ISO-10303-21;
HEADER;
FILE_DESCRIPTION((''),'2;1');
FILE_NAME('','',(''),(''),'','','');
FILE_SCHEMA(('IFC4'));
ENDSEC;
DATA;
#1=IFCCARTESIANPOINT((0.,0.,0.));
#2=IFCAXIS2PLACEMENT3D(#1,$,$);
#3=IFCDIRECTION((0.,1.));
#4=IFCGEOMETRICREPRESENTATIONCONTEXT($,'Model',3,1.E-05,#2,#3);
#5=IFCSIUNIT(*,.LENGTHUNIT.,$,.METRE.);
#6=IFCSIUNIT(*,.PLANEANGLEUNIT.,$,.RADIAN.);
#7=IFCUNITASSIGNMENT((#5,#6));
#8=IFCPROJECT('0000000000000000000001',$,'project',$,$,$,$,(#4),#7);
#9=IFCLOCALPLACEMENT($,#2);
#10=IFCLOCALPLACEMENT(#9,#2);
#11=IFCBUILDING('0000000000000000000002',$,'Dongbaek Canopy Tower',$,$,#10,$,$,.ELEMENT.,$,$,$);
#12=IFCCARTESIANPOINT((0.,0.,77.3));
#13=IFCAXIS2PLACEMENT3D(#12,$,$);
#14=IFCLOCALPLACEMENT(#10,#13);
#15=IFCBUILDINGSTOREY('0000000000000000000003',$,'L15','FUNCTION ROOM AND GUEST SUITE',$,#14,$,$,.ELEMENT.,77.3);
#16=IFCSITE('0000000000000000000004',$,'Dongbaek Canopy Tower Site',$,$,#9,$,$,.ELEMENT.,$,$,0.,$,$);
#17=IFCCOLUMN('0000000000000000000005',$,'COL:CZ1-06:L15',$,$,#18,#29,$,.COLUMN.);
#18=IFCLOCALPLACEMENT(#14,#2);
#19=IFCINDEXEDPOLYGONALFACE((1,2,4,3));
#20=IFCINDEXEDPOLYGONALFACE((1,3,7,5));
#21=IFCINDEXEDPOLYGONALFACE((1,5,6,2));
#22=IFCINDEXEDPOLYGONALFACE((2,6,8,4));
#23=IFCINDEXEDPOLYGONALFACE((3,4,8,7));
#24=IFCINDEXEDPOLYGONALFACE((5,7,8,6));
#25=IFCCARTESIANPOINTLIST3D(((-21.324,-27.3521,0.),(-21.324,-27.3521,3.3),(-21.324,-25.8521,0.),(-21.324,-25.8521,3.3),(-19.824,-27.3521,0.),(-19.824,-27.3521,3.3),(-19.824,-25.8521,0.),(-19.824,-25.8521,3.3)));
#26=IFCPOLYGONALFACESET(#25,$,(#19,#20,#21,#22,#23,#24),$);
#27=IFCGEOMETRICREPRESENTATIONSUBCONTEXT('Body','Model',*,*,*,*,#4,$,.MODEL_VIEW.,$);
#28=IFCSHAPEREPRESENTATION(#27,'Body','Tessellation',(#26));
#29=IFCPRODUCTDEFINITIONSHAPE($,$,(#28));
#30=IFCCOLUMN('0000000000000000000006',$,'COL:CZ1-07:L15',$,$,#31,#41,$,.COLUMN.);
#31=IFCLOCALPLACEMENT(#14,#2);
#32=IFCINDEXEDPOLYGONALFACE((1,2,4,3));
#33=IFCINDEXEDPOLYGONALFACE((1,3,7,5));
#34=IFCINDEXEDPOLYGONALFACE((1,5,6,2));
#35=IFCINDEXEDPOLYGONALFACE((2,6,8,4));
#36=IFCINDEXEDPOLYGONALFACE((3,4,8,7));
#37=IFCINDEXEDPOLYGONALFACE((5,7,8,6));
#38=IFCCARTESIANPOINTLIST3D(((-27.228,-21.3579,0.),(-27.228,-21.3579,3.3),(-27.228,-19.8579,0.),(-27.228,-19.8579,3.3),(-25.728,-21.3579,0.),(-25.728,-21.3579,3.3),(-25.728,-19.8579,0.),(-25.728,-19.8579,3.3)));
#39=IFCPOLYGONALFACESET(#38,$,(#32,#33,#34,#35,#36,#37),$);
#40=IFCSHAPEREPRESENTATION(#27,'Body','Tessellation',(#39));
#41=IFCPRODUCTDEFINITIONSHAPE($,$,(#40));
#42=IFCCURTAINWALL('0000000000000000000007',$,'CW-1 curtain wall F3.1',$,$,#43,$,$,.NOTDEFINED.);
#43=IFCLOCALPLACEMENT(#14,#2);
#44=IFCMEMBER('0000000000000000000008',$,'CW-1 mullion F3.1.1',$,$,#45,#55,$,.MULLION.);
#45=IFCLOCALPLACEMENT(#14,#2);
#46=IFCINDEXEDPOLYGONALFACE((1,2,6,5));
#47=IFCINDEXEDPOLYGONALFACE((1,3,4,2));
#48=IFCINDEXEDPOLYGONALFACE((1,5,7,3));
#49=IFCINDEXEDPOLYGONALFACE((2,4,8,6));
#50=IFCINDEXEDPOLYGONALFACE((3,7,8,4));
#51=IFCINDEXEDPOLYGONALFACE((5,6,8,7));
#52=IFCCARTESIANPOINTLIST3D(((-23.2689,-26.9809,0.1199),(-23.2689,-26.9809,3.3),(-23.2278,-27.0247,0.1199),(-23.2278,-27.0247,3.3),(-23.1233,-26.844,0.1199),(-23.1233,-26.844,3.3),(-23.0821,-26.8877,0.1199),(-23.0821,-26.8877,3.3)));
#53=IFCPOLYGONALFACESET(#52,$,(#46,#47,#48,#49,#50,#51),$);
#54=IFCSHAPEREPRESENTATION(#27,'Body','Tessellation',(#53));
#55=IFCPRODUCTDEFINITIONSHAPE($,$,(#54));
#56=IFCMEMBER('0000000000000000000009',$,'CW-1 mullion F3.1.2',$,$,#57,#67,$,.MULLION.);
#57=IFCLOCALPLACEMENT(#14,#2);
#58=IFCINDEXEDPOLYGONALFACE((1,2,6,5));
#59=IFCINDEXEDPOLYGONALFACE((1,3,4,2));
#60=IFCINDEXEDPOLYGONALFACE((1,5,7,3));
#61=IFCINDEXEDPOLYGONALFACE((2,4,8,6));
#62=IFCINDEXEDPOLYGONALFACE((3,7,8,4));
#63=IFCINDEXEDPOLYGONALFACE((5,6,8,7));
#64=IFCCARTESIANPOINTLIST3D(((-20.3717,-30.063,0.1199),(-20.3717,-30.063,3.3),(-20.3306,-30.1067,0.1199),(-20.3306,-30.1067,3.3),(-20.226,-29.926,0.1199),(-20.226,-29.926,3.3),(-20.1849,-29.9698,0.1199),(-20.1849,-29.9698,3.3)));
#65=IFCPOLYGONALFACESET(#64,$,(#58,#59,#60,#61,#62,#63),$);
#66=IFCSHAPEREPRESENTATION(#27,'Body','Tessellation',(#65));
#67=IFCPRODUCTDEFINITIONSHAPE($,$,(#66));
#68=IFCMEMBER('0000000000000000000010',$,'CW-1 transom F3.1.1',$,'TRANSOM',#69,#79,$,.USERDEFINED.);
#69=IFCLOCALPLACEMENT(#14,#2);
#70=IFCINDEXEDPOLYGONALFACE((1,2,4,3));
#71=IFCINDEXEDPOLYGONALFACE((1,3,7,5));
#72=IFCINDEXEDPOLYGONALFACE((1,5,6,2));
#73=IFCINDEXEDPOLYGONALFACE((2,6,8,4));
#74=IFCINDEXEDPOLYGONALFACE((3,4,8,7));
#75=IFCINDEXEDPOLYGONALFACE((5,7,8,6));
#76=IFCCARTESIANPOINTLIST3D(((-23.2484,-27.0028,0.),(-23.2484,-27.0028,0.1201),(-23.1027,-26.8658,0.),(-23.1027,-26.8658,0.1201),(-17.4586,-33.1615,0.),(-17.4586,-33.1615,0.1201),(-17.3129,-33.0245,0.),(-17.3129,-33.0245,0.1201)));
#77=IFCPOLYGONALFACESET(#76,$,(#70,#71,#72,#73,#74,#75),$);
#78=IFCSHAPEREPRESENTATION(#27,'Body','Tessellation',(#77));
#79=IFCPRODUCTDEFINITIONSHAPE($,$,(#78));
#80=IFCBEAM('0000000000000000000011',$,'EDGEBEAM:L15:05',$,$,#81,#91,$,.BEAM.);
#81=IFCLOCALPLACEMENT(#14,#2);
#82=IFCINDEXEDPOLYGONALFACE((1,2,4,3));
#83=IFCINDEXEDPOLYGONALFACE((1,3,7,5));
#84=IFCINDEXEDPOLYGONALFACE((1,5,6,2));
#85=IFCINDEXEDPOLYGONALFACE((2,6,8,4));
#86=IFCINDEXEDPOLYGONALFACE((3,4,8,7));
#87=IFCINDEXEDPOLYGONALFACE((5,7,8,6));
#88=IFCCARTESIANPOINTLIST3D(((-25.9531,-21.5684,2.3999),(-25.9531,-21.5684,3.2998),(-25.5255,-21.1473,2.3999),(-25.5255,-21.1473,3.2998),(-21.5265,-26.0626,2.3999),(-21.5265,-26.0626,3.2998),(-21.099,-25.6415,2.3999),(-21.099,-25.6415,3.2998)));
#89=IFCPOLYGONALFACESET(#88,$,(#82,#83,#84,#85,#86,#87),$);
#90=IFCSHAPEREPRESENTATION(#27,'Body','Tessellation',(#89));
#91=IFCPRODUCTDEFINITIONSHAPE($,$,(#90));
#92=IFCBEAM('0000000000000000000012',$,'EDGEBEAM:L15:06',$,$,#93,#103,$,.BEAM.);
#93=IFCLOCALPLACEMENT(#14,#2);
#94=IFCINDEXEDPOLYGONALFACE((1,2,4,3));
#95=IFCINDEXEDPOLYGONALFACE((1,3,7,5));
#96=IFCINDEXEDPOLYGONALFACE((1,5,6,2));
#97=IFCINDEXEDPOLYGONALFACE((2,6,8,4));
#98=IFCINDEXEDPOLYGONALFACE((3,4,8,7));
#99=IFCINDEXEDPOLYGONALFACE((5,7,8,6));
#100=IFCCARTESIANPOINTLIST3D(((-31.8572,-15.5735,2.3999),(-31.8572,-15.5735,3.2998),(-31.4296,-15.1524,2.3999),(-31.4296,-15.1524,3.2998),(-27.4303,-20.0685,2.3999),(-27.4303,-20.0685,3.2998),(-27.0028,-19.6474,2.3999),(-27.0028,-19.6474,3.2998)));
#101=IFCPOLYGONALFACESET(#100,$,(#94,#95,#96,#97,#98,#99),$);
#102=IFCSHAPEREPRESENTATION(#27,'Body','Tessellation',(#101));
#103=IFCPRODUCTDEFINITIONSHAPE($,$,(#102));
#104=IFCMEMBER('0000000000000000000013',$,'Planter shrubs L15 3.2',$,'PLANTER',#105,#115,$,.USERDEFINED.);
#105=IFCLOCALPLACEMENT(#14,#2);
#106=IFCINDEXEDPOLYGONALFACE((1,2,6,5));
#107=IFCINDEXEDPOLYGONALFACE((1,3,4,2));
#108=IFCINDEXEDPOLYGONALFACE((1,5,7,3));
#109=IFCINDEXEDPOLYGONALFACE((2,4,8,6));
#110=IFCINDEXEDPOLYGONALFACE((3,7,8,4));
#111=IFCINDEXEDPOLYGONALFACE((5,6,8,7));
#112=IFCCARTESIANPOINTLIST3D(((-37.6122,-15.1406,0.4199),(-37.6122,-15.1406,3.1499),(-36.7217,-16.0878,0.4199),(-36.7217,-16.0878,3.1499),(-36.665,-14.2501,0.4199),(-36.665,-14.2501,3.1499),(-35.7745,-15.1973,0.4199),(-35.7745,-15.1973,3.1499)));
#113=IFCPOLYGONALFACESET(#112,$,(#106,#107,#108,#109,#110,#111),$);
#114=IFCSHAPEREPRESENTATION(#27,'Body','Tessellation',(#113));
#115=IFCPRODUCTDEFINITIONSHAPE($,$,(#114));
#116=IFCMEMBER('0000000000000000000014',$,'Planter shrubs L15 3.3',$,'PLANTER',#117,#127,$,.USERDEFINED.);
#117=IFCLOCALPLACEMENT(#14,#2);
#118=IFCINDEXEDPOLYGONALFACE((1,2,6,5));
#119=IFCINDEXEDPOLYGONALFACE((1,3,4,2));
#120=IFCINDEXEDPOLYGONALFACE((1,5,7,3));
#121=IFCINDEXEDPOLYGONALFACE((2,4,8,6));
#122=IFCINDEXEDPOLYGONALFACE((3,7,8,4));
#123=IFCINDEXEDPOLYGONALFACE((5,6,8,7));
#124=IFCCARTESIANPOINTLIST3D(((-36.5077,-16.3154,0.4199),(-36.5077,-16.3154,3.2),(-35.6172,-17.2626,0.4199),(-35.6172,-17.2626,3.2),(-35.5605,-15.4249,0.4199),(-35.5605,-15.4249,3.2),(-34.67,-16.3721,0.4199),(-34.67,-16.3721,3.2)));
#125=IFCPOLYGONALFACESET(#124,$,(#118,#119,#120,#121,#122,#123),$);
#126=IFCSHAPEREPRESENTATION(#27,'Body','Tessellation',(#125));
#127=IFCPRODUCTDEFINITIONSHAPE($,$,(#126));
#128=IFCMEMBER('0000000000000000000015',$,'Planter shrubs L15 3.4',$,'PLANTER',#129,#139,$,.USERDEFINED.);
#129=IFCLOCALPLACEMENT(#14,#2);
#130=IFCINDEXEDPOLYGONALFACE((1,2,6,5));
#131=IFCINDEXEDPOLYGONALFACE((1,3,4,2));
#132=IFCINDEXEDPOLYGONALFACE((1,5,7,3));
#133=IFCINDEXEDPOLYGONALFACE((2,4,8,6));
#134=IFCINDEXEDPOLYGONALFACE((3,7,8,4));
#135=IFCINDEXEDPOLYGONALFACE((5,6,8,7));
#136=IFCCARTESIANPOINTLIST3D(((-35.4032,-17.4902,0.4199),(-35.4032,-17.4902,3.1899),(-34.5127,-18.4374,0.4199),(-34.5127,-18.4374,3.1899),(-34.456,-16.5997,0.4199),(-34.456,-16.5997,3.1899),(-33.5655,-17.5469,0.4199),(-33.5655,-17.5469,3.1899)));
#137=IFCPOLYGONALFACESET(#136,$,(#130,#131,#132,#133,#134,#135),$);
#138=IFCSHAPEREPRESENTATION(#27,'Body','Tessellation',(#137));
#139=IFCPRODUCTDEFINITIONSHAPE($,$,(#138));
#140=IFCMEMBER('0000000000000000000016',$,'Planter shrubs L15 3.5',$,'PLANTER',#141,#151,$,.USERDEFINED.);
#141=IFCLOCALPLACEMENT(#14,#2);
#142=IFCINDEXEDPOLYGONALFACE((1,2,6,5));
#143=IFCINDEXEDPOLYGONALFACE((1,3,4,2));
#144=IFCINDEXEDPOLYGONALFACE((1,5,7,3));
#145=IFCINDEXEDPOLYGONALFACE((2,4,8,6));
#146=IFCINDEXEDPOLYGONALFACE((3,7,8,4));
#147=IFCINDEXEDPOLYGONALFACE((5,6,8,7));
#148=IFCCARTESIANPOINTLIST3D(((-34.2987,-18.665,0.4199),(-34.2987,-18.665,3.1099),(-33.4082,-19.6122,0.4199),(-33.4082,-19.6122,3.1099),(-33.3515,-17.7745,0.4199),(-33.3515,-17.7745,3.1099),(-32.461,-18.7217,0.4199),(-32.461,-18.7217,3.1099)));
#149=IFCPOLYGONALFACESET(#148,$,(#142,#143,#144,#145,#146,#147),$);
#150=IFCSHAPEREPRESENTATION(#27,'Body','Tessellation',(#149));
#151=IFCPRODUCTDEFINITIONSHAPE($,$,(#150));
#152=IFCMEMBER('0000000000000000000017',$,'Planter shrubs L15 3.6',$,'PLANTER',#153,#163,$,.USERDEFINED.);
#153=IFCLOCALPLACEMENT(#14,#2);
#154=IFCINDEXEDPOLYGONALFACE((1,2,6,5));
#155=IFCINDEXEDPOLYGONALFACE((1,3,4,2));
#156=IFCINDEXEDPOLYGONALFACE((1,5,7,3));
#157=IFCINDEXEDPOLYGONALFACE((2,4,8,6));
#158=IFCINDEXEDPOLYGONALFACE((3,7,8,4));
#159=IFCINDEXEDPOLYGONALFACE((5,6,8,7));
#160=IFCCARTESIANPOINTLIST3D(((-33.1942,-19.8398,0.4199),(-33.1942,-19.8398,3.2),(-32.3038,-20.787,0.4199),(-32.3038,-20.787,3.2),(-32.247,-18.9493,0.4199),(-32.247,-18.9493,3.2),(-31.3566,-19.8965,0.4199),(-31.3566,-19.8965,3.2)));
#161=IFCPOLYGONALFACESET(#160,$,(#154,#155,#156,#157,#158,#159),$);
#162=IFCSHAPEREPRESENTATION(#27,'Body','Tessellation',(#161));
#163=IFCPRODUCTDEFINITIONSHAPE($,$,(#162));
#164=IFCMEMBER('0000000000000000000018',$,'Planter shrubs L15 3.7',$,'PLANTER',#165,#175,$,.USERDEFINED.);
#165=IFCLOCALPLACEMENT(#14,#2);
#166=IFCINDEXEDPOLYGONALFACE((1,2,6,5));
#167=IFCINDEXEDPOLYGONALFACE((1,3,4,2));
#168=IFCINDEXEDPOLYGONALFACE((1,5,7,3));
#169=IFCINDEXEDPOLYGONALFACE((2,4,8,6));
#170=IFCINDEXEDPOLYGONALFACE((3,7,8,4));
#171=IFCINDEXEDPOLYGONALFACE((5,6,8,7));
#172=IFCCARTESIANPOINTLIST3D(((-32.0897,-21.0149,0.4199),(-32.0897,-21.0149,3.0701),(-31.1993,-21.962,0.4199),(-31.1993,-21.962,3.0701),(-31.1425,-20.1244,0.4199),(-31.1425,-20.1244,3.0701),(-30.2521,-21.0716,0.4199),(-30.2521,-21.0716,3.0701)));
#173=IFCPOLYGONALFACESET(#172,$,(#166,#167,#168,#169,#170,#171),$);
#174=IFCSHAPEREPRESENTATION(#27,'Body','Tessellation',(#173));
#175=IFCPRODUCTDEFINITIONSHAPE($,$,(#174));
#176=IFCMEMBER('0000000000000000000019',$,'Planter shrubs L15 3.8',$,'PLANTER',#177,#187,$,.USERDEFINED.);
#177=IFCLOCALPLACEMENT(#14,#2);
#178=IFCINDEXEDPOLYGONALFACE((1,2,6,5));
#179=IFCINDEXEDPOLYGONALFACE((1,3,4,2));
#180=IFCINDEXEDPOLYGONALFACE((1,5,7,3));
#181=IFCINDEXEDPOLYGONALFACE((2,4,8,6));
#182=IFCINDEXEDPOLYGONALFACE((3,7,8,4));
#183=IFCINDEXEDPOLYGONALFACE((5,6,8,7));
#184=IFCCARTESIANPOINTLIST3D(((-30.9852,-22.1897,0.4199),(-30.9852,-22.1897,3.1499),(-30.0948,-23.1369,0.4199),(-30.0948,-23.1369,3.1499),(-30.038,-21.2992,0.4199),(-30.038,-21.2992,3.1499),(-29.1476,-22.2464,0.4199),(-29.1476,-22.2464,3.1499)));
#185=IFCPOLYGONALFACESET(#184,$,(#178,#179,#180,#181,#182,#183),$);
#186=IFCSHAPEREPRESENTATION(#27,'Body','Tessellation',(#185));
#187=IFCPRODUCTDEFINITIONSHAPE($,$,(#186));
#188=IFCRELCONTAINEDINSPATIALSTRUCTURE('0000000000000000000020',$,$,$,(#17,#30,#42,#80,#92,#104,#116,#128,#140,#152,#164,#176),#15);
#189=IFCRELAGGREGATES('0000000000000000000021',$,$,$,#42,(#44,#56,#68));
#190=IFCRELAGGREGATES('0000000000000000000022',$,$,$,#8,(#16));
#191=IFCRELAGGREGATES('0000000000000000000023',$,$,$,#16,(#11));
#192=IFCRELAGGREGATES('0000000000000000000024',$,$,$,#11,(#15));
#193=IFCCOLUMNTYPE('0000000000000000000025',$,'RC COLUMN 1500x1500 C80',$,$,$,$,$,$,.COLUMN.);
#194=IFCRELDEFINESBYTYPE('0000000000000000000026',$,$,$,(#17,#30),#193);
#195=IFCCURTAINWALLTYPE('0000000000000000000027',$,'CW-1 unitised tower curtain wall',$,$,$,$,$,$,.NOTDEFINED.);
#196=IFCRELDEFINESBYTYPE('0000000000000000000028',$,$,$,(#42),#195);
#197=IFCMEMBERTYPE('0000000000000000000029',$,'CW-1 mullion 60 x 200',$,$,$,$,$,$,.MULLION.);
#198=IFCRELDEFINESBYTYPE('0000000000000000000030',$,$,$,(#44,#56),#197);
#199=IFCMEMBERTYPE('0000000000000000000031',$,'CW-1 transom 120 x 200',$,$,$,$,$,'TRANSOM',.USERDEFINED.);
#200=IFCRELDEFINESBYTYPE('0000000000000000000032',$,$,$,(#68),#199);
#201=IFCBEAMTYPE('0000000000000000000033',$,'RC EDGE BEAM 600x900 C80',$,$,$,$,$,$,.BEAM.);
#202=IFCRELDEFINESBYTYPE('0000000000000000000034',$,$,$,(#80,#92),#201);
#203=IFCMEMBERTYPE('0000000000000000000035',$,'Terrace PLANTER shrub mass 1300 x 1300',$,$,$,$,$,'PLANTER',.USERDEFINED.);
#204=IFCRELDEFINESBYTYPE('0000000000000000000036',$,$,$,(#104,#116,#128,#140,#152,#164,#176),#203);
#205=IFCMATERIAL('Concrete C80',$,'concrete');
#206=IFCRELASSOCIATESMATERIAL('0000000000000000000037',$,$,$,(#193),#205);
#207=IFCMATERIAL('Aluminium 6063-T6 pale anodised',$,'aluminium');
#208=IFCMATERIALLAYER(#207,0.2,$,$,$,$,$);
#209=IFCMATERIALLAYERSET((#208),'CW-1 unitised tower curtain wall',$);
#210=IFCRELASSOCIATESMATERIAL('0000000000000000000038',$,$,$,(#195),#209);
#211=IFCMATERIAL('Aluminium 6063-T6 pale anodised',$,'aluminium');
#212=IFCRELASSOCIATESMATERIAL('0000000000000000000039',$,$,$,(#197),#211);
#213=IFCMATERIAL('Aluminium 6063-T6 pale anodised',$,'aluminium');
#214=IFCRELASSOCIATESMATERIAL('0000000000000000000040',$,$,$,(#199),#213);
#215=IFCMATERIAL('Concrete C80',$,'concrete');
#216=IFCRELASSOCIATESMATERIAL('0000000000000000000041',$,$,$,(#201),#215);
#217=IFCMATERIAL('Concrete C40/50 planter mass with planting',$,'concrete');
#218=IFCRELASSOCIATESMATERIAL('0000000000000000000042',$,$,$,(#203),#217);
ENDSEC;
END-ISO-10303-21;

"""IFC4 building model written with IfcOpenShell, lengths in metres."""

from ifc_helpers import new_model, si_unit, direction, frame, origin, origin_2d, place, context, subcontext, project, spatial, rectangle, extrude, material, layer, layer_set, material_profile, profile_set, type_object, element, aggregate, save


model = new_model("IFC4")

# Units and contexts
model_context = context("Model", 3, precision=1e-05, world=origin(), true_north=direction((0.0, 1.0)))
body_context = subcontext(model_context, "Body", "Model", "MODEL_VIEW")
ifc_project = project(units=[si_unit("LENGTHUNIT", "METRE"), si_unit("PLANEANGLEUNIT", "RADIAN")], contexts=[model_context])

# Site, building, storey
site_placement = place(None, origin())
site = spatial("IfcSite", under=ifc_project, at=site_placement, Name="Dongbaek Canopy Tower Site", CompositionType="ELEMENT", RefElevation=0.0)
building_placement = place(site_placement, origin())
building = spatial("IfcBuilding", under=site, at=building_placement, Name="Dongbaek Canopy Tower", CompositionType="ELEMENT")
storey_placement = place(building_placement, frame((0.0, 0.0, 77.3)))
storey = spatial("IfcBuildingStorey", under=building, at=storey_placement, Name="L15", Description="FUNCTION ROOM AND GUEST SUITE", CompositionType="ELEMENT", Elevation=77.3)

# Columns
ifc_material_1 = material(Name="Concrete C80", Category="concrete")
ifc_material_profile_1 = material_profile(ifc_material_1, rectangle(XDim=1.5, YDim=1.5, at=origin_2d()), Name="RC COLUMN 1500x1500 C80")
ifc_profile_set_1 = profile_set([ifc_material_profile_1], Name="Concrete C80")
column_type = type_object("IfcColumnType", Name="RC COLUMN 1500x1500 C80", PredefinedType="COLUMN", material=ifc_profile_set_1)
for number, where, z_axis, x_axis, name in (
    (1, (-20.574, -26.6021, 0.0), (0.0, 0.0, 1.0), (1.0, 0.0, 0.0), "COL:CZ1-06:L15"),
    (2, (-26.478, -20.6079, 0.0), (0.0, 0.0, 1.0), (1.0, 0.0, 0.0), "COL:CZ1-07:L15"),
):
    element("IfcColumn", number, at=place(storey_placement, frame(where, z_axis=z_axis, x_axis=x_axis)), inside=storey, type_object=column_type, Name=name, PredefinedType="COLUMN", context=body_context, shape_type="SweptSolid", body=[
        extrude(rectangle(XDim=1.5, YDim=1.5, at=origin_2d()), origin(), (0.0, 0.0, 1.0), 3.3),
    ])

# Curtain wall, members
ifc_material_2 = material(Name="Aluminium 6063-T6 pale anodised", Category="aluminium")
ifc_layer_1 = layer(ifc_material_2, 0.2)
ifc_layer_set_1 = layer_set([ifc_layer_1], Name="CW-1 unitised tower curtain wall")
curtain_wall_type = type_object("IfcCurtainWallType", Name="CW-1 unitised tower curtain wall", PredefinedType="NOTDEFINED", material=ifc_layer_set_1)
curtain_wall_placement = place(storey_placement, origin())
curtain_wall = element("IfcCurtainWall", 3, at=curtain_wall_placement, inside=storey, type_object=curtain_wall_type, Name="CW-1 curtain wall F3.1", PredefinedType="NOTDEFINED")
ifc_material_3 = material(Name="Aluminium 6063-T6 pale anodised", Category="aluminium")
ifc_material_profile_2 = material_profile(ifc_material_3, rectangle(XDim=0.2, YDim=0.0601, at=origin_2d()), Name="CW-1 mullion 60 x 200")
ifc_profile_set_2 = profile_set([ifc_material_profile_2], Name="Aluminium 6063-T6 pale anodised")
member_type_1 = type_object("IfcMemberType", Name="CW-1 mullion 60 x 200", PredefinedType="MULLION", material=ifc_profile_set_2)
member_1_placement = place(storey_placement, frame((-23.1755, -26.9343, 0.1199), z_axis=(0.0, 0.0, 1.0), x_axis=(-0.728585, -0.684956, 0.0)))
member_1 = element("IfcMember", 4, at=member_1_placement, type_object=member_type_1, Name="CW-1 mullion F3.1.1", PredefinedType="MULLION", context=body_context, shape_type="SweptSolid", body=[
    extrude(rectangle(XDim=0.2, YDim=0.0601, at=origin_2d()), origin(), (0.0, 0.0, 1.0), 3.1802),
])
member_2_placement = place(storey_placement, frame((-20.2783, -30.0164, 0.1199), z_axis=(0.0, 0.0, 1.0), x_axis=(-0.728585, -0.684956, 0.0)))
member_2 = element("IfcMember", 5, at=member_2_placement, type_object=member_type_1, Name="CW-1 mullion F3.1.2", PredefinedType="MULLION", context=body_context, shape_type="SweptSolid", body=[
    extrude(rectangle(XDim=0.2, YDim=0.0601, at=origin_2d()), origin(), (0.0, 0.0, 1.0), 3.1802),
])
ifc_material_4 = material(Name="Aluminium 6063-T6 pale anodised", Category="aluminium")
ifc_material_profile_3 = material_profile(ifc_material_4, rectangle(XDim=0.2, YDim=0.1201, at=origin_2d()), Name="CW-1 transom 120 x 200")
ifc_profile_set_3 = profile_set([ifc_material_profile_3], Name="Aluminium 6063-T6 pale anodised")
member_type_2 = type_object("IfcMemberType", Name="CW-1 transom 120 x 200", ElementType="TRANSOM", PredefinedType="USERDEFINED", material=ifc_profile_set_3)
member_3_placement = place(storey_placement, frame((-23.1755, -26.9343, 0.0601), z_axis=(0.684949, -0.728591, 0.0), x_axis=(0.728591, 0.684949, 0.0)))
member_3 = element("IfcMember", 6, at=member_3_placement, type_object=member_type_2, Name="CW-1 transom F3.1.1", ObjectType="TRANSOM", PredefinedType="USERDEFINED", context=body_context, shape_type="SweptSolid", body=[
    extrude(rectangle(XDim=0.2, YDim=0.1201, at=origin_2d()), origin(), (0.0, 0.0, 1.0), 8.4529),
])

# Beams
ifc_material_5 = material(Name="Concrete C80", Category="concrete")
ifc_material_profile_4 = material_profile(ifc_material_5, rectangle(XDim=0.6001, YDim=0.8999, at=origin_2d()), Name="RC EDGE BEAM 600x900 C80")
ifc_profile_set_4 = profile_set([ifc_material_profile_4], Name="Concrete C80")
beam_type = type_object("IfcBeamType", Name="RC EDGE BEAM 600x900 C80", PredefinedType="BEAM", material=ifc_profile_set_4)
beam_1_placement = place(storey_placement, frame((-21.3127, -25.8521, 2.8499), z_axis=(-0.701726, 0.712447, 0.0), x_axis=(-0.712447, -0.701726, 0.0)))
element("IfcBeam", 7, at=beam_1_placement, inside=storey, type_object=beam_type, Name="EDGEBEAM:L15:05", PredefinedType="BEAM", context=body_context, shape_type="SweptSolid", body=[
    extrude(rectangle(XDim=0.6001, YDim=0.8999, at=origin_2d()), origin(), (0.0, 0.0, 1.0), 6.3081),
])
beam_2_placement = place(storey_placement, frame((-27.2166, -19.8579, 2.8499), z_axis=(-0.701688, 0.712485, 0.0), x_axis=(-0.712485, -0.701688, 0.0)))
element("IfcBeam", 8, at=beam_2_placement, inside=storey, type_object=beam_type, Name="EDGEBEAM:L15:06", PredefinedType="BEAM", context=body_context, shape_type="SweptSolid", body=[
    extrude(rectangle(XDim=0.6001, YDim=0.8999, at=origin_2d()), origin(), (0.0, 0.0, 1.0), 6.3088),
])

# Members
ifc_material_6 = material(Name="Concrete C40/50 planter mass with planting", Category="concrete")
ifc_material_profile_5 = material_profile(ifc_material_6, rectangle(XDim=1.3, YDim=1.3, at=origin_2d()), Name="Terrace PLANTER shrub mass 1300 x 1300")
ifc_profile_set_5 = profile_set([ifc_material_profile_5], Name="Concrete C40/50 planter mass with planting")
member_type_3 = type_object("IfcMemberType", Name="Terrace PLANTER shrub mass 1300 x 1300", ElementType="PLANTER", PredefinedType="USERDEFINED", material=ifc_profile_set_5)
member_4_placement = place(storey_placement, frame((-36.6934, -15.1689, 0.4199), z_axis=(0.0, 0.0, 1.0), x_axis=(-0.728585, -0.684956, 0.0)))
element("IfcMember", 9, at=member_4_placement, inside=storey, type_object=member_type_3, Name="Planter shrubs L15 3.2", ObjectType="PLANTER", PredefinedType="USERDEFINED", context=body_context, shape_type="SweptSolid", body=[
    extrude(rectangle(XDim=1.3, YDim=1.3, at=origin_2d()), origin(), (0.0, 0.0, 1.0), 2.73),
])
member_5_placement = place(storey_placement, frame((-35.5889, -16.3438, 0.4199), z_axis=(0.0, 0.0, 1.0), x_axis=(-0.728585, -0.684956, 0.0)))
element("IfcMember", 10, at=member_5_placement, inside=storey, type_object=member_type_3, Name="Planter shrubs L15 3.3", ObjectType="PLANTER", PredefinedType="USERDEFINED", context=body_context, shape_type="SweptSolid", body=[
    extrude(rectangle(XDim=1.3, YDim=1.3, at=origin_2d()), origin(), (0.0, 0.0, 1.0), 2.78),
])
member_6_placement = place(storey_placement, frame((-34.4844, -17.5186, 0.4199), z_axis=(0.0, 0.0, 1.0), x_axis=(-0.728585, -0.684956, 0.0)))
element("IfcMember", 11, at=member_6_placement, inside=storey, type_object=member_type_3, Name="Planter shrubs L15 3.4", ObjectType="PLANTER", PredefinedType="USERDEFINED", context=body_context, shape_type="SweptSolid", body=[
    extrude(rectangle(XDim=1.3, YDim=1.3, at=origin_2d()), origin(), (0.0, 0.0, 1.0), 2.77),
])
member_7_placement = place(storey_placement, frame((-33.3799, -18.6934, 0.4199), z_axis=(0.0, 0.0, 1.0), x_axis=(-0.728585, -0.684956, 0.0)))
element("IfcMember", 12, at=member_7_placement, inside=storey, type_object=member_type_3, Name="Planter shrubs L15 3.5", ObjectType="PLANTER", PredefinedType="USERDEFINED", context=body_context, shape_type="SweptSolid", body=[
    extrude(rectangle(XDim=1.3, YDim=1.3, at=origin_2d()), origin(), (0.0, 0.0, 1.0), 2.6899),
])
member_8_placement = place(storey_placement, frame((-32.2754, -19.8682, 0.4199), z_axis=(0.0, 0.0, 1.0), x_axis=(-0.728585, -0.684956, 0.0)))
element("IfcMember", 13, at=member_8_placement, inside=storey, type_object=member_type_3, Name="Planter shrubs L15 3.6", ObjectType="PLANTER", PredefinedType="USERDEFINED", context=body_context, shape_type="SweptSolid", body=[
    extrude(rectangle(XDim=1.3, YDim=1.3, at=origin_2d()), origin(), (0.0, 0.0, 1.0), 2.78),
])
member_9_placement = place(storey_placement, frame((-31.1709, -21.0432, 0.4199), z_axis=(0.0, 0.0, 1.0), x_axis=(-0.728585, -0.684956, 0.0)))
element("IfcMember", 14, at=member_9_placement, inside=storey, type_object=member_type_3, Name="Planter shrubs L15 3.7", ObjectType="PLANTER", PredefinedType="USERDEFINED", context=body_context, shape_type="SweptSolid", body=[
    extrude(rectangle(XDim=1.3, YDim=1.3, at=origin_2d()), origin(), (0.0, 0.0, 1.0), 2.6501),
])
member_10_placement = place(storey_placement, frame((-30.0664, -22.218, 0.4199), z_axis=(0.0, 0.0, 1.0), x_axis=(-0.728585, -0.684956, 0.0)))
element("IfcMember", 15, at=member_10_placement, inside=storey, type_object=member_type_3, Name="Planter shrubs L15 3.8", ObjectType="PLANTER", PredefinedType="USERDEFINED", context=body_context, shape_type="SweptSolid", body=[
    extrude(rectangle(XDim=1.3, YDim=1.3, at=origin_2d()), origin(), (0.0, 0.0, 1.0), 2.73),
])

aggregate(curtain_wall, [member_1, member_2, member_3])

save(model, "model.ifc")
